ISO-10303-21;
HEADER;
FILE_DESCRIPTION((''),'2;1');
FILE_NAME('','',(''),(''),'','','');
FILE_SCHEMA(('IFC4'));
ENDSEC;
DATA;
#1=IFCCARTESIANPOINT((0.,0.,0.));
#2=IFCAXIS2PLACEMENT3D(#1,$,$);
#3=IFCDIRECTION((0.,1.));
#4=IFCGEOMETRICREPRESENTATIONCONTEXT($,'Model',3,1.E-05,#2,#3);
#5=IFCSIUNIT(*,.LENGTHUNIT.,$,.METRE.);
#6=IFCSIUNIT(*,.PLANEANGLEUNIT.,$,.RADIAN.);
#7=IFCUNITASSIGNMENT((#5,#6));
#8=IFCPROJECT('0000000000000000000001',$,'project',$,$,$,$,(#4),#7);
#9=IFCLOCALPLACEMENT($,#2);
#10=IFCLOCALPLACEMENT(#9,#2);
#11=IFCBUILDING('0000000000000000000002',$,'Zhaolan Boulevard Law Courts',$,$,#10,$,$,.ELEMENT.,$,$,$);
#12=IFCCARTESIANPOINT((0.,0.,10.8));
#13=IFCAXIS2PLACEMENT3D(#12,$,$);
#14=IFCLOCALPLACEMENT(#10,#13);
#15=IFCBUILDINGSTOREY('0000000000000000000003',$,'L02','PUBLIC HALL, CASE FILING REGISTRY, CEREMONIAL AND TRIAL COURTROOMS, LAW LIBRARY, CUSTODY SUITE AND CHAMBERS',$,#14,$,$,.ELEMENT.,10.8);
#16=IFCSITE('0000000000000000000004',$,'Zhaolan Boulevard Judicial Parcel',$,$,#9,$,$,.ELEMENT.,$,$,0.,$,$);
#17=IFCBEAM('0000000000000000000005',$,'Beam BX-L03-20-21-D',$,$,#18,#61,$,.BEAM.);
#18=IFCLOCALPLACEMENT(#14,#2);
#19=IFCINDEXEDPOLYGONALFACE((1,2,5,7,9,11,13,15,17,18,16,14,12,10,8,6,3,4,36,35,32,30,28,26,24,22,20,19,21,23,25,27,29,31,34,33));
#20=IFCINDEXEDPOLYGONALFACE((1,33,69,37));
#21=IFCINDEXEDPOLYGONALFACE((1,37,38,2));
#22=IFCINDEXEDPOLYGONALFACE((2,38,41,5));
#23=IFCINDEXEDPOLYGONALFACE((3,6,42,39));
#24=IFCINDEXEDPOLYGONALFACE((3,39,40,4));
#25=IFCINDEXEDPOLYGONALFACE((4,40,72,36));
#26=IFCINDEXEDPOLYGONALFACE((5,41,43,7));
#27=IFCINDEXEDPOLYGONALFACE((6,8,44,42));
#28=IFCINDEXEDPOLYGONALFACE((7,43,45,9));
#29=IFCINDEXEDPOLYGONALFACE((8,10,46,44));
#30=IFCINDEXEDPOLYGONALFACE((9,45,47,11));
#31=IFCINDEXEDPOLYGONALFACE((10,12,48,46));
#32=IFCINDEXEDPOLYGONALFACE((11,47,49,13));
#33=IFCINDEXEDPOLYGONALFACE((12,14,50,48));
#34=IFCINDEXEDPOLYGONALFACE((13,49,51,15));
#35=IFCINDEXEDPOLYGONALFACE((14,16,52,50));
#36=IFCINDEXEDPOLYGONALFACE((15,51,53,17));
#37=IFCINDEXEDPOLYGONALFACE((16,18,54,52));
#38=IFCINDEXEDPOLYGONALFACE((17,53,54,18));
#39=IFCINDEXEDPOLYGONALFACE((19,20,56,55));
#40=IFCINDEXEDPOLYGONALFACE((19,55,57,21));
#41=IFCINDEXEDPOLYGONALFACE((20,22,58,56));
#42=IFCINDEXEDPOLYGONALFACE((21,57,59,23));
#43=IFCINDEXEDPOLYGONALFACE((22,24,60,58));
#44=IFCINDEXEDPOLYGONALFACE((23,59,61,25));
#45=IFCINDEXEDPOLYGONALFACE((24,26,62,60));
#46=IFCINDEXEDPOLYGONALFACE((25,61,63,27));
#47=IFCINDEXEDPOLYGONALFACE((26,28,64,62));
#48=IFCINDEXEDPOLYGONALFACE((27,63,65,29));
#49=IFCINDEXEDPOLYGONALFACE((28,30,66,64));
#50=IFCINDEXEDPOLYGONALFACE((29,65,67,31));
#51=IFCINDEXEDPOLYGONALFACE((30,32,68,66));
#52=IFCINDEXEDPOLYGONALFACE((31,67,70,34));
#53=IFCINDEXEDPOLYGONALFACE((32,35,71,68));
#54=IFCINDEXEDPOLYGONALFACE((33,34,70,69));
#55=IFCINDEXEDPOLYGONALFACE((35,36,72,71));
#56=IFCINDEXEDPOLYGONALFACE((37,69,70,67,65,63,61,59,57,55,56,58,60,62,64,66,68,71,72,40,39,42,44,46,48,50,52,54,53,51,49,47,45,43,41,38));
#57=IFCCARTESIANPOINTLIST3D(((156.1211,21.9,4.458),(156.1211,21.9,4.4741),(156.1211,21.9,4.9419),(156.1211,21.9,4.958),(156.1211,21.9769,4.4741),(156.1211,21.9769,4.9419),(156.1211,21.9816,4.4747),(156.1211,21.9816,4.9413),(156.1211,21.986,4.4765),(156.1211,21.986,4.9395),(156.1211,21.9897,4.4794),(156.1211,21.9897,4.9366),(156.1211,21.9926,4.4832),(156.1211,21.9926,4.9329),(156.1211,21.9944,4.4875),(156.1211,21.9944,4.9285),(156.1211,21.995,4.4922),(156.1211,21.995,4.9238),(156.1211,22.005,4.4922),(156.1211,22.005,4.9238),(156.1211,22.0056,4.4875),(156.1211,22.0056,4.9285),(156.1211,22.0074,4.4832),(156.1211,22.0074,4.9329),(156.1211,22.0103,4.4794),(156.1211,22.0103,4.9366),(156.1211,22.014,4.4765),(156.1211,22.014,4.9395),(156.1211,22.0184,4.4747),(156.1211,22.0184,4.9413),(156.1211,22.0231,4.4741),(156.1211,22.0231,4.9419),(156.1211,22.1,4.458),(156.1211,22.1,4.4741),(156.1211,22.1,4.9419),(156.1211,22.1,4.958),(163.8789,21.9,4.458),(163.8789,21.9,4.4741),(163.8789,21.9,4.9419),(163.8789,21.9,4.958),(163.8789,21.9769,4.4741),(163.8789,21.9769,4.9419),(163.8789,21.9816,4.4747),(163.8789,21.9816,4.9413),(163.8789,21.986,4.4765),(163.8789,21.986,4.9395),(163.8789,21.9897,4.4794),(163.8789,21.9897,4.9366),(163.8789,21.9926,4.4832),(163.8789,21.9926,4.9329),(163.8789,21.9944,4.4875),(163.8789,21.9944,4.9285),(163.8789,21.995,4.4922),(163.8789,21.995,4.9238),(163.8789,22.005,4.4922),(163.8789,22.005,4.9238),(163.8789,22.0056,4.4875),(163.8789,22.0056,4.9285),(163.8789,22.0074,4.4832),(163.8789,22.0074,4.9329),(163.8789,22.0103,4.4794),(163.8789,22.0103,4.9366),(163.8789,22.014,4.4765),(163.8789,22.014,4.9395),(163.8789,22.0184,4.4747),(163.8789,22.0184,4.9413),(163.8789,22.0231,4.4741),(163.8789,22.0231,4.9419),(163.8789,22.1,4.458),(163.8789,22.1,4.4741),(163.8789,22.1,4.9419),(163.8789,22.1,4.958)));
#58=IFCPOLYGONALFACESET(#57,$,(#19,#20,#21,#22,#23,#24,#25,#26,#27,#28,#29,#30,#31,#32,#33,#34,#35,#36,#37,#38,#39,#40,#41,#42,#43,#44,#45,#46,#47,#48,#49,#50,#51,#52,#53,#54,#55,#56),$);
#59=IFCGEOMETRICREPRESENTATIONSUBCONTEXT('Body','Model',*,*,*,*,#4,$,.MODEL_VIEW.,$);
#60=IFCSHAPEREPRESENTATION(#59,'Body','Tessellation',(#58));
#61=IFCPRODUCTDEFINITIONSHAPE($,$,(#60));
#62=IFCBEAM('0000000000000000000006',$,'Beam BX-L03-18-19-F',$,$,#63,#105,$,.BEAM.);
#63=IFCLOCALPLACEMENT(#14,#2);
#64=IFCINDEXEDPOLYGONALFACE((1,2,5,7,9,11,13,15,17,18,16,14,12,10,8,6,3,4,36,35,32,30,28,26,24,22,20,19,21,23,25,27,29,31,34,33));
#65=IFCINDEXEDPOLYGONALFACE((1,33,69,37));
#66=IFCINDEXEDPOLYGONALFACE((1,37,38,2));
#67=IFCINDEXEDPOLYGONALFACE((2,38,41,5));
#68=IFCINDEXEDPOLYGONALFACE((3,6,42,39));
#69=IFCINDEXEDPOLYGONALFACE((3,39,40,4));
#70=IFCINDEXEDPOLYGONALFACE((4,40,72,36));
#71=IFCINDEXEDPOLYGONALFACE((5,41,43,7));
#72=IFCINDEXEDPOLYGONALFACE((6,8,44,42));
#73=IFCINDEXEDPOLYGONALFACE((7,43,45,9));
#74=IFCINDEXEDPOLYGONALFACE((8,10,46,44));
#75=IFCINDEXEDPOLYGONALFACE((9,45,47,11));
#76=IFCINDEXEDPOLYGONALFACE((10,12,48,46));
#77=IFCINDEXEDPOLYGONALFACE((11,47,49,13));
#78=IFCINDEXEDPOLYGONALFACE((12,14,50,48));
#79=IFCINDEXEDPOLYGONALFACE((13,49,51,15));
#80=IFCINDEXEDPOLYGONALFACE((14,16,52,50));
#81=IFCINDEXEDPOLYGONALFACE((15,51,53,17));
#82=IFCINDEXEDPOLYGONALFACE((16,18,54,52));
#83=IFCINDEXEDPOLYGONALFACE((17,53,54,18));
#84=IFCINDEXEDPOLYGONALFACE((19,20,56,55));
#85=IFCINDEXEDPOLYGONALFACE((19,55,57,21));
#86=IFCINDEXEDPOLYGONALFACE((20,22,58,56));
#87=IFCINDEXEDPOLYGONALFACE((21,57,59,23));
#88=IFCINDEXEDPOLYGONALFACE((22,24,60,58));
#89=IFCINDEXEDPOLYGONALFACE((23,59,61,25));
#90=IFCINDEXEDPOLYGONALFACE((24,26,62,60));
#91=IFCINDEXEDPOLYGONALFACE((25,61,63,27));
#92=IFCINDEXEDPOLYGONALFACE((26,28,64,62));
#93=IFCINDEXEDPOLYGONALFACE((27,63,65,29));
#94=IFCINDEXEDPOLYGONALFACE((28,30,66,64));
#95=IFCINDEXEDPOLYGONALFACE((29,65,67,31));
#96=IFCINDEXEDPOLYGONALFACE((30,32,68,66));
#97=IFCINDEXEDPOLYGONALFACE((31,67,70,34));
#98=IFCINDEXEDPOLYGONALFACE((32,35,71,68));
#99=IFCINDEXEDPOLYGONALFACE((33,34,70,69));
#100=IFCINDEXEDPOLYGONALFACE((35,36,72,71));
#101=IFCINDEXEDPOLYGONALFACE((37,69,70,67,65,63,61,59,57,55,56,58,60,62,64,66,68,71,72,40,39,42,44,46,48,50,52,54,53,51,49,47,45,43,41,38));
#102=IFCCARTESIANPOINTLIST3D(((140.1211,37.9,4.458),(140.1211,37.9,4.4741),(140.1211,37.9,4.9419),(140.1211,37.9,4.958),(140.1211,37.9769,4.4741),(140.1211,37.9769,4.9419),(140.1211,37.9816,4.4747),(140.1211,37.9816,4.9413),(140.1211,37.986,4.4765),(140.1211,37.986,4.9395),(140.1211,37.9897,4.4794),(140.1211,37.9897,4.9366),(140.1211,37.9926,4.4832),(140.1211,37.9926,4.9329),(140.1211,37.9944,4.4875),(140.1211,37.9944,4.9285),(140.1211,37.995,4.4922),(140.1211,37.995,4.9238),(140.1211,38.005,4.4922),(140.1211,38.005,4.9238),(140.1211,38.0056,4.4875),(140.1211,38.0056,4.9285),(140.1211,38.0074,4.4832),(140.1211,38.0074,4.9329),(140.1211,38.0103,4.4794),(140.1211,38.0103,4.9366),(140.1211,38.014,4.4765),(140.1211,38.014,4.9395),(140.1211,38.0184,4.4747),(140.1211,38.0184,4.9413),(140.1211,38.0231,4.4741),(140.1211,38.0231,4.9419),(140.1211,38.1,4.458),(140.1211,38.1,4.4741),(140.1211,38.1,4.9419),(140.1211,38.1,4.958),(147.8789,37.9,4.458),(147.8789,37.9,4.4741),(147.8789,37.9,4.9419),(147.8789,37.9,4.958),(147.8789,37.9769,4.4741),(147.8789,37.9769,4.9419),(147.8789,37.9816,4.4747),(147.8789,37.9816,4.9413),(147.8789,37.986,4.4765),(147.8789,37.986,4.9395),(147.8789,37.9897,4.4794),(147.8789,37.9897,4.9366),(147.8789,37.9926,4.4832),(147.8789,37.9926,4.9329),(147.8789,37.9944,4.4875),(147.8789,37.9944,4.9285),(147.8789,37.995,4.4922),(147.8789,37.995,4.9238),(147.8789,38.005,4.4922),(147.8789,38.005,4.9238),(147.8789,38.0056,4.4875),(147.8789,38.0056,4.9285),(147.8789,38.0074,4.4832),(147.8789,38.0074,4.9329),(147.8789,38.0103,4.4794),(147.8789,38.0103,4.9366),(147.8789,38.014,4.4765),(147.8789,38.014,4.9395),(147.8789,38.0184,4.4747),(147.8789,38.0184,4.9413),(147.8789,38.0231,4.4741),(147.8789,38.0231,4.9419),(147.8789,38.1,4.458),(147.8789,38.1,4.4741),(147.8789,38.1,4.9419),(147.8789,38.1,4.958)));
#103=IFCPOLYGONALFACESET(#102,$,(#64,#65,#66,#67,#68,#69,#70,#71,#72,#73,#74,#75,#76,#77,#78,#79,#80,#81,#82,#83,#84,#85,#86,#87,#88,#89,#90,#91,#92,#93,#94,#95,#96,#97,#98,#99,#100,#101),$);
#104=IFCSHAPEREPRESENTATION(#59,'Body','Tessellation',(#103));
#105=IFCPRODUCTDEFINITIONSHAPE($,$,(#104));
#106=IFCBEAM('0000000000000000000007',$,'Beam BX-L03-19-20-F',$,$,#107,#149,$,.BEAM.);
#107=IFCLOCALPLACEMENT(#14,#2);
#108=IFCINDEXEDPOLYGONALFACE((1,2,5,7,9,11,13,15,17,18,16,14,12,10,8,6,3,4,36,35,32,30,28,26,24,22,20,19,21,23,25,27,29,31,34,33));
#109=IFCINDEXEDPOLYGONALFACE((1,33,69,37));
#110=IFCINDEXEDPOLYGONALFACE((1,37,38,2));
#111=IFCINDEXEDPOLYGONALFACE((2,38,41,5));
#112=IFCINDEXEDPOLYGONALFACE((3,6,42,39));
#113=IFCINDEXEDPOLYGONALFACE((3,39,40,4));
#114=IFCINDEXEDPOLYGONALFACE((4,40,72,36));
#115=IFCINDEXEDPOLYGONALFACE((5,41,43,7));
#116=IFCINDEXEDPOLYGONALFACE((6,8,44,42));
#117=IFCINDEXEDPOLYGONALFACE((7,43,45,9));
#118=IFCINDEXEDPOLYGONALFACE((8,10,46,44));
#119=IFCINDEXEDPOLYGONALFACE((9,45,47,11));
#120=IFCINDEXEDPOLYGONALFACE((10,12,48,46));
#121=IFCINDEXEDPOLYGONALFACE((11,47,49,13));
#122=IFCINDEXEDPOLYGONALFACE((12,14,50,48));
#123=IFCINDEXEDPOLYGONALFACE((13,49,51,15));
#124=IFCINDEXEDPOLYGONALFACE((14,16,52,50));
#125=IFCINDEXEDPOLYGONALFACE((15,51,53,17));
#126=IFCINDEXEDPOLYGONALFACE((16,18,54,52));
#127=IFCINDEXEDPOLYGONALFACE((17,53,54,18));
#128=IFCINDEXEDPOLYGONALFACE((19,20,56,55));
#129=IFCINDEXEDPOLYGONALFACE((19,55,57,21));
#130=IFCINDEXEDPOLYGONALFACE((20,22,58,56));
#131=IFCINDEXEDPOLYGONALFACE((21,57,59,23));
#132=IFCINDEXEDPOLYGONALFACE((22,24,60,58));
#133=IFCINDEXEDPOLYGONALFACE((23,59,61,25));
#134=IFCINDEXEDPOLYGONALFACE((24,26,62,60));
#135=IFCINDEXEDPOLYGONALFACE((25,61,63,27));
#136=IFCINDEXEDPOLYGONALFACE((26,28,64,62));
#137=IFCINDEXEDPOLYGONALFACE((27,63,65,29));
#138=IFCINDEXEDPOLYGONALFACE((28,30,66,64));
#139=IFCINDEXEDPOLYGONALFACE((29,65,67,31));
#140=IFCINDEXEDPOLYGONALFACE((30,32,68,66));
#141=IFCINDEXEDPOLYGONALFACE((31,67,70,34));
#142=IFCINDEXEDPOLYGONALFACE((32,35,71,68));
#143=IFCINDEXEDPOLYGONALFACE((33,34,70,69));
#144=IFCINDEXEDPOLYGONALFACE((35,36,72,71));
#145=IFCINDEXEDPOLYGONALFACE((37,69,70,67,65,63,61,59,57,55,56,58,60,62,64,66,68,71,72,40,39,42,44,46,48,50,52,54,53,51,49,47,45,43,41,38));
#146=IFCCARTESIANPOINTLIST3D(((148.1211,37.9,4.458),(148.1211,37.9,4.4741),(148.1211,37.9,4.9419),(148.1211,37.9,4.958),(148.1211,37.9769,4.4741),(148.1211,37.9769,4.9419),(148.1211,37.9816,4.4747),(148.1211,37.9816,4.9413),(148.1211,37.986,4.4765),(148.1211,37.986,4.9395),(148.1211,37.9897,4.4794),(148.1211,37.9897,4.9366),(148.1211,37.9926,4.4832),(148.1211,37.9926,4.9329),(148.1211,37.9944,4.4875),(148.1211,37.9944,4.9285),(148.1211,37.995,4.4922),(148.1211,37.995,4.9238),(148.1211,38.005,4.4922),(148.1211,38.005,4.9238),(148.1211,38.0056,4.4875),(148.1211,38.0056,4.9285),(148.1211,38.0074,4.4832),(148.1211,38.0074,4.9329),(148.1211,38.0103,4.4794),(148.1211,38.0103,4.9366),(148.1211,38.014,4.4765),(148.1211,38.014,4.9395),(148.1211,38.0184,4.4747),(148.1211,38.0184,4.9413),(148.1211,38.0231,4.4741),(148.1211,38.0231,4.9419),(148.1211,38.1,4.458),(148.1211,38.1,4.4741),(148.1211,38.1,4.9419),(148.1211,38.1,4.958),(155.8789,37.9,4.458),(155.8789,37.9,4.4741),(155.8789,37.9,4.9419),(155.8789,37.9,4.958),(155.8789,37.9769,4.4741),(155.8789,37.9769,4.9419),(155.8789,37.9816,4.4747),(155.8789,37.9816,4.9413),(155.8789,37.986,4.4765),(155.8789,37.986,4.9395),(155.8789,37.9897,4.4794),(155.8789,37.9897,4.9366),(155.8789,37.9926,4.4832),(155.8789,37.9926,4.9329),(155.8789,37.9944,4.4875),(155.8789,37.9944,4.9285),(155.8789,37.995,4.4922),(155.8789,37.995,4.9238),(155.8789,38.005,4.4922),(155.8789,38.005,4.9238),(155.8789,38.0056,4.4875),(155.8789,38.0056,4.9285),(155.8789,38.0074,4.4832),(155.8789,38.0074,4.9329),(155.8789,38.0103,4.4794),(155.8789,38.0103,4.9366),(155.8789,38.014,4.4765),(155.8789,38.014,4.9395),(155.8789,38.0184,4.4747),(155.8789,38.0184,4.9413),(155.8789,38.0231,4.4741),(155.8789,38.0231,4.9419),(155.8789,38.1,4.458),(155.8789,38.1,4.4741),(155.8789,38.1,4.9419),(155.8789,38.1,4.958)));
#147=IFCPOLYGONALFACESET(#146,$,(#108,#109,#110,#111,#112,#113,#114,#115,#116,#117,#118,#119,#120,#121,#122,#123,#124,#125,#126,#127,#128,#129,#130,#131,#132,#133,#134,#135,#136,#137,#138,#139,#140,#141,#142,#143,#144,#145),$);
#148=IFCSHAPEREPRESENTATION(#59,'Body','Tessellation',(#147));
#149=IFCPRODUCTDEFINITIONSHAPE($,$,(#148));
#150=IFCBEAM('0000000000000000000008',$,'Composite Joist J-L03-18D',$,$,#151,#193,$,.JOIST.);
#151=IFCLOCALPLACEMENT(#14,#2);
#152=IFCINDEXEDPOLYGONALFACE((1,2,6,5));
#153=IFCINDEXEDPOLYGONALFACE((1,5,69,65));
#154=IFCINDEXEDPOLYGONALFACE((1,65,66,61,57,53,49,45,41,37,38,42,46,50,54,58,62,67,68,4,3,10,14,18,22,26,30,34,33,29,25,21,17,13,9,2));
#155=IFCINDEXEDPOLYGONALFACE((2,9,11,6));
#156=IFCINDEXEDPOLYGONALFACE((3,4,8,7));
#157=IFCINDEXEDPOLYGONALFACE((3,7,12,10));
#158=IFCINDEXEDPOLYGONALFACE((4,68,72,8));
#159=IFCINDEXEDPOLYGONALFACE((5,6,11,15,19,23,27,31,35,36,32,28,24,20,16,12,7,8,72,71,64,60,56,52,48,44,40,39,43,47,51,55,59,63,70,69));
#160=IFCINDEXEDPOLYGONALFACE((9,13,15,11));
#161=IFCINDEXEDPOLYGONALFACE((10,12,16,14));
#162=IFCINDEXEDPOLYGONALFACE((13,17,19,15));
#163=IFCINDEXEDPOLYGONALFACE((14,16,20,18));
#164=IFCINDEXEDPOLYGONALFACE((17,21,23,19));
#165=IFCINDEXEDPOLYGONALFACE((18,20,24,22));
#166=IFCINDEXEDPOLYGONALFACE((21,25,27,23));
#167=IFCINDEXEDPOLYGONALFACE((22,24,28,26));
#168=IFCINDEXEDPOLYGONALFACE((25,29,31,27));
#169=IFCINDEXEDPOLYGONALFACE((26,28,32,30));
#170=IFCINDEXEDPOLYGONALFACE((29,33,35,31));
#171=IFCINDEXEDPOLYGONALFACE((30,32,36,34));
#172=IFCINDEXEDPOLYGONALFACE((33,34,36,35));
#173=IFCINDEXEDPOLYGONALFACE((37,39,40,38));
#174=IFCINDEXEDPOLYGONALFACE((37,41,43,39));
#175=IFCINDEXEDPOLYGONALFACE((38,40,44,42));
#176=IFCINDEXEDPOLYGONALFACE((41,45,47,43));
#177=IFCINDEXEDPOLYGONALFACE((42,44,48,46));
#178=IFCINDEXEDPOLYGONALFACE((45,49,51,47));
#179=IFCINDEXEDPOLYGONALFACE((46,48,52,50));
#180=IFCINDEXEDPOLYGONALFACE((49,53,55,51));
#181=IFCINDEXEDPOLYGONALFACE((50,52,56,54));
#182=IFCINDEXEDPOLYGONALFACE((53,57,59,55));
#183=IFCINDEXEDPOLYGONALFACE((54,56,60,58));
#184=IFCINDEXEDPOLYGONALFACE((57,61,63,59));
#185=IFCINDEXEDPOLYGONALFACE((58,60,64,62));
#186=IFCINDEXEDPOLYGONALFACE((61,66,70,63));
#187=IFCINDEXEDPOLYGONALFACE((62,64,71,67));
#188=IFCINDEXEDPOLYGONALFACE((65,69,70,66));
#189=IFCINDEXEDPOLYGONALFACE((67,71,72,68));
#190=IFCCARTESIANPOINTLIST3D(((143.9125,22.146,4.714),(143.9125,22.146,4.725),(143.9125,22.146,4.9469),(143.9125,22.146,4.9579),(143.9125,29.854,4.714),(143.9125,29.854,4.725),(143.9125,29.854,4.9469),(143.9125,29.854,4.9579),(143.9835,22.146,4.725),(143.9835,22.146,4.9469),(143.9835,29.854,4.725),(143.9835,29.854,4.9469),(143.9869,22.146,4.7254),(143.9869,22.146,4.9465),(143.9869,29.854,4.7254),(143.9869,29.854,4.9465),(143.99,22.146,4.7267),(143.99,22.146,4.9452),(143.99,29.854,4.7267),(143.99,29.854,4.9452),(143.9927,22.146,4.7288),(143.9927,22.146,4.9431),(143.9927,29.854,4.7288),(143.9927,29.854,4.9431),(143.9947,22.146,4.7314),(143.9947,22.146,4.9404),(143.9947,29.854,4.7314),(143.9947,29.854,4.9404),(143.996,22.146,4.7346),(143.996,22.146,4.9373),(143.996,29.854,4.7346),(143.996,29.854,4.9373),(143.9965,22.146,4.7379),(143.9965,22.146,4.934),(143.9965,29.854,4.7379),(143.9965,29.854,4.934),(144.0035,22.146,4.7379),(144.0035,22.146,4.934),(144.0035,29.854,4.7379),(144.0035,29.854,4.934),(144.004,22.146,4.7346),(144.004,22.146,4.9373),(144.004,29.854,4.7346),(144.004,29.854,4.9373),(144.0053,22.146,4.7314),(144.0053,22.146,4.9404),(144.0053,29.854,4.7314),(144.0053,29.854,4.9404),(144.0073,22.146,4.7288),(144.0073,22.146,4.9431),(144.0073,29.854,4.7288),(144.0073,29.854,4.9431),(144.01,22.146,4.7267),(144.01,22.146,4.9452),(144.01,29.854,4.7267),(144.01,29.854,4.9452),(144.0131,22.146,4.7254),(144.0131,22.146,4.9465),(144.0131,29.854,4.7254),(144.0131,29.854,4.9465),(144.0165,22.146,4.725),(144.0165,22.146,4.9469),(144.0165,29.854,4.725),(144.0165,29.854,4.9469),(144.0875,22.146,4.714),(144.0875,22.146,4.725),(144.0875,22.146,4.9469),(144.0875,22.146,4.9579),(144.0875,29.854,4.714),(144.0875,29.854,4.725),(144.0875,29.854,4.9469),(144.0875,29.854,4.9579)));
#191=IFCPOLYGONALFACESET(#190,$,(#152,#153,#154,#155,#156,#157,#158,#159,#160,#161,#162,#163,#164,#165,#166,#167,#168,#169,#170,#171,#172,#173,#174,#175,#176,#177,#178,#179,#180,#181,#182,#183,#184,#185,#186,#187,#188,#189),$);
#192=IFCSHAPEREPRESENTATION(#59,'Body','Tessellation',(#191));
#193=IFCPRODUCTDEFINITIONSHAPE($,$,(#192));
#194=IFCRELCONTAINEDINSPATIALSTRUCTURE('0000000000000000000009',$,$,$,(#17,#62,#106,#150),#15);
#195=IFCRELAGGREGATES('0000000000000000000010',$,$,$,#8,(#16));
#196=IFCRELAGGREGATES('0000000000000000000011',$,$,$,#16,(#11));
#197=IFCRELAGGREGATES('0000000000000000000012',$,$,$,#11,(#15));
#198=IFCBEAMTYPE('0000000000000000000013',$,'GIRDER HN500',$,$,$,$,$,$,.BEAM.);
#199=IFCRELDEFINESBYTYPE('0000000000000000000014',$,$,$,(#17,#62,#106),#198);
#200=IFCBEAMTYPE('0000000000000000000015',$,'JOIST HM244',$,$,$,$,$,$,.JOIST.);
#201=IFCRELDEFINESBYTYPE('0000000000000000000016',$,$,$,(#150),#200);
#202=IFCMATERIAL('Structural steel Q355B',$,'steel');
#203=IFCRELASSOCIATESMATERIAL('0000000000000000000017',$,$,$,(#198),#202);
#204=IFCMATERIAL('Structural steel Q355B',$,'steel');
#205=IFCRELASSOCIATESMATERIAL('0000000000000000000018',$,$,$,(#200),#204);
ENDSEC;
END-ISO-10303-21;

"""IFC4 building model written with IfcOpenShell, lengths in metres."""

from ifc_helpers import new_model, si_unit, direction, frame, origin, origin_2d, place, context, subcontext, project, spatial, i_section, extrude, material, material_profile, profile_set, type_object, element, save


model = new_model("IFC4")

# Units and contexts
model_context = context("Model", 3, precision=1e-05, world=origin(), true_north=direction((0.0, 1.0)))
body_context = subcontext(model_context, "Body", "Model", "MODEL_VIEW")
ifc_project = project(units=[si_unit("LENGTHUNIT", "METRE"), si_unit("PLANEANGLEUNIT", "RADIAN")], contexts=[model_context])

# Site, building, storey
site_placement = place(None, origin())
site = spatial("IfcSite", under=ifc_project, at=site_placement, Name="Zhaolan Boulevard Judicial Parcel", CompositionType="ELEMENT", RefElevation=0.0)
building_placement = place(site_placement, origin())
building = spatial("IfcBuilding", under=site, at=building_placement, Name="Zhaolan Boulevard Law Courts", CompositionType="ELEMENT")
storey_placement = place(building_placement, frame((0.0, 0.0, 10.8)))
storey = spatial("IfcBuildingStorey", under=building, at=storey_placement, Name="L02", Description="PUBLIC HALL, CASE FILING REGISTRY, CEREMONIAL AND TRIAL COURTROOMS, LAW LIBRARY, CUSTODY SUITE AND CHAMBERS", CompositionType="ELEMENT", Elevation=10.8)

# Beams
ifc_material_1 = material(Name="Structural steel Q355B", Category="steel")
ifc_material_profile_1 = material_profile(ifc_material_1, i_section(OverallWidth=0.2, OverallDepth=0.5, WebThickness=0.01, FlangeThickness=0.0161, FilletRadius=0.0181, at=origin_2d()), Name="HN500x200")
ifc_profile_set_1 = profile_set([ifc_material_profile_1], Name="Structural steel Q355B")
beam_type_1 = type_object("IfcBeamType", Name="GIRDER HN500", PredefinedType="BEAM", material=ifc_profile_set_1)
for number, where, z_axis, x_axis, name in (
    (1, (156.1211, 22.0, 4.708), (1.0, 0.0, 0.0), (0.0, 1.0, 0.0), "Beam BX-L03-20-21-D"),
    (2, (140.1211, 38.0, 4.708), (1.0, 0.0, 0.0), (0.0, 1.0, 0.0), "Beam BX-L03-18-19-F"),
    (3, (148.1211, 38.0, 4.708), (1.0, 0.0, 0.0), (0.0, 1.0, 0.0), "Beam BX-L03-19-20-F"),
):
    element("IfcBeam", number, at=place(storey_placement, frame(where, z_axis=z_axis, x_axis=x_axis)), inside=storey, type_object=beam_type_1, Name=name, PredefinedType="BEAM", context=body_context, shape_type="SweptSolid", body=[
        extrude(i_section(OverallWidth=0.2, OverallDepth=0.5, WebThickness=0.01, FlangeThickness=0.0161, FilletRadius=0.0181, at=origin_2d()), origin(), (0.0, 0.0, 1.0), 7.7578),
    ])
ifc_material_2 = material(Name="Structural steel Q355B", Category="steel")
ifc_material_profile_2 = material_profile(ifc_material_2, i_section(OverallWidth=0.175, OverallDepth=0.2439, WebThickness=0.0071, FlangeThickness=0.011, FilletRadius=0.0129, at=origin_2d()), Name="HM244x175")
ifc_profile_set_2 = profile_set([ifc_material_profile_2], Name="Structural steel Q355B")
beam_type_2 = type_object("IfcBeamType", Name="JOIST HM244", PredefinedType="JOIST", material=ifc_profile_set_2)
beam_1_placement = place(storey_placement, frame((144.0, 22.146, 4.8359), z_axis=(0.0, 1.0, 0.0), x_axis=(-1.0, 0.0, 0.0)))
element("IfcBeam", 4, at=beam_1_placement, inside=storey, type_object=beam_type_2, Name="Composite Joist J-L03-18D", PredefinedType="JOIST", context=body_context, shape_type="SweptSolid", body=[
    extrude(i_section(OverallWidth=0.175, OverallDepth=0.2439, WebThickness=0.0071, FlangeThickness=0.011, FilletRadius=0.0129, at=origin_2d()), origin(), (0.0, 0.0, 1.0), 7.708),
])

save(model, "model.ifc")
